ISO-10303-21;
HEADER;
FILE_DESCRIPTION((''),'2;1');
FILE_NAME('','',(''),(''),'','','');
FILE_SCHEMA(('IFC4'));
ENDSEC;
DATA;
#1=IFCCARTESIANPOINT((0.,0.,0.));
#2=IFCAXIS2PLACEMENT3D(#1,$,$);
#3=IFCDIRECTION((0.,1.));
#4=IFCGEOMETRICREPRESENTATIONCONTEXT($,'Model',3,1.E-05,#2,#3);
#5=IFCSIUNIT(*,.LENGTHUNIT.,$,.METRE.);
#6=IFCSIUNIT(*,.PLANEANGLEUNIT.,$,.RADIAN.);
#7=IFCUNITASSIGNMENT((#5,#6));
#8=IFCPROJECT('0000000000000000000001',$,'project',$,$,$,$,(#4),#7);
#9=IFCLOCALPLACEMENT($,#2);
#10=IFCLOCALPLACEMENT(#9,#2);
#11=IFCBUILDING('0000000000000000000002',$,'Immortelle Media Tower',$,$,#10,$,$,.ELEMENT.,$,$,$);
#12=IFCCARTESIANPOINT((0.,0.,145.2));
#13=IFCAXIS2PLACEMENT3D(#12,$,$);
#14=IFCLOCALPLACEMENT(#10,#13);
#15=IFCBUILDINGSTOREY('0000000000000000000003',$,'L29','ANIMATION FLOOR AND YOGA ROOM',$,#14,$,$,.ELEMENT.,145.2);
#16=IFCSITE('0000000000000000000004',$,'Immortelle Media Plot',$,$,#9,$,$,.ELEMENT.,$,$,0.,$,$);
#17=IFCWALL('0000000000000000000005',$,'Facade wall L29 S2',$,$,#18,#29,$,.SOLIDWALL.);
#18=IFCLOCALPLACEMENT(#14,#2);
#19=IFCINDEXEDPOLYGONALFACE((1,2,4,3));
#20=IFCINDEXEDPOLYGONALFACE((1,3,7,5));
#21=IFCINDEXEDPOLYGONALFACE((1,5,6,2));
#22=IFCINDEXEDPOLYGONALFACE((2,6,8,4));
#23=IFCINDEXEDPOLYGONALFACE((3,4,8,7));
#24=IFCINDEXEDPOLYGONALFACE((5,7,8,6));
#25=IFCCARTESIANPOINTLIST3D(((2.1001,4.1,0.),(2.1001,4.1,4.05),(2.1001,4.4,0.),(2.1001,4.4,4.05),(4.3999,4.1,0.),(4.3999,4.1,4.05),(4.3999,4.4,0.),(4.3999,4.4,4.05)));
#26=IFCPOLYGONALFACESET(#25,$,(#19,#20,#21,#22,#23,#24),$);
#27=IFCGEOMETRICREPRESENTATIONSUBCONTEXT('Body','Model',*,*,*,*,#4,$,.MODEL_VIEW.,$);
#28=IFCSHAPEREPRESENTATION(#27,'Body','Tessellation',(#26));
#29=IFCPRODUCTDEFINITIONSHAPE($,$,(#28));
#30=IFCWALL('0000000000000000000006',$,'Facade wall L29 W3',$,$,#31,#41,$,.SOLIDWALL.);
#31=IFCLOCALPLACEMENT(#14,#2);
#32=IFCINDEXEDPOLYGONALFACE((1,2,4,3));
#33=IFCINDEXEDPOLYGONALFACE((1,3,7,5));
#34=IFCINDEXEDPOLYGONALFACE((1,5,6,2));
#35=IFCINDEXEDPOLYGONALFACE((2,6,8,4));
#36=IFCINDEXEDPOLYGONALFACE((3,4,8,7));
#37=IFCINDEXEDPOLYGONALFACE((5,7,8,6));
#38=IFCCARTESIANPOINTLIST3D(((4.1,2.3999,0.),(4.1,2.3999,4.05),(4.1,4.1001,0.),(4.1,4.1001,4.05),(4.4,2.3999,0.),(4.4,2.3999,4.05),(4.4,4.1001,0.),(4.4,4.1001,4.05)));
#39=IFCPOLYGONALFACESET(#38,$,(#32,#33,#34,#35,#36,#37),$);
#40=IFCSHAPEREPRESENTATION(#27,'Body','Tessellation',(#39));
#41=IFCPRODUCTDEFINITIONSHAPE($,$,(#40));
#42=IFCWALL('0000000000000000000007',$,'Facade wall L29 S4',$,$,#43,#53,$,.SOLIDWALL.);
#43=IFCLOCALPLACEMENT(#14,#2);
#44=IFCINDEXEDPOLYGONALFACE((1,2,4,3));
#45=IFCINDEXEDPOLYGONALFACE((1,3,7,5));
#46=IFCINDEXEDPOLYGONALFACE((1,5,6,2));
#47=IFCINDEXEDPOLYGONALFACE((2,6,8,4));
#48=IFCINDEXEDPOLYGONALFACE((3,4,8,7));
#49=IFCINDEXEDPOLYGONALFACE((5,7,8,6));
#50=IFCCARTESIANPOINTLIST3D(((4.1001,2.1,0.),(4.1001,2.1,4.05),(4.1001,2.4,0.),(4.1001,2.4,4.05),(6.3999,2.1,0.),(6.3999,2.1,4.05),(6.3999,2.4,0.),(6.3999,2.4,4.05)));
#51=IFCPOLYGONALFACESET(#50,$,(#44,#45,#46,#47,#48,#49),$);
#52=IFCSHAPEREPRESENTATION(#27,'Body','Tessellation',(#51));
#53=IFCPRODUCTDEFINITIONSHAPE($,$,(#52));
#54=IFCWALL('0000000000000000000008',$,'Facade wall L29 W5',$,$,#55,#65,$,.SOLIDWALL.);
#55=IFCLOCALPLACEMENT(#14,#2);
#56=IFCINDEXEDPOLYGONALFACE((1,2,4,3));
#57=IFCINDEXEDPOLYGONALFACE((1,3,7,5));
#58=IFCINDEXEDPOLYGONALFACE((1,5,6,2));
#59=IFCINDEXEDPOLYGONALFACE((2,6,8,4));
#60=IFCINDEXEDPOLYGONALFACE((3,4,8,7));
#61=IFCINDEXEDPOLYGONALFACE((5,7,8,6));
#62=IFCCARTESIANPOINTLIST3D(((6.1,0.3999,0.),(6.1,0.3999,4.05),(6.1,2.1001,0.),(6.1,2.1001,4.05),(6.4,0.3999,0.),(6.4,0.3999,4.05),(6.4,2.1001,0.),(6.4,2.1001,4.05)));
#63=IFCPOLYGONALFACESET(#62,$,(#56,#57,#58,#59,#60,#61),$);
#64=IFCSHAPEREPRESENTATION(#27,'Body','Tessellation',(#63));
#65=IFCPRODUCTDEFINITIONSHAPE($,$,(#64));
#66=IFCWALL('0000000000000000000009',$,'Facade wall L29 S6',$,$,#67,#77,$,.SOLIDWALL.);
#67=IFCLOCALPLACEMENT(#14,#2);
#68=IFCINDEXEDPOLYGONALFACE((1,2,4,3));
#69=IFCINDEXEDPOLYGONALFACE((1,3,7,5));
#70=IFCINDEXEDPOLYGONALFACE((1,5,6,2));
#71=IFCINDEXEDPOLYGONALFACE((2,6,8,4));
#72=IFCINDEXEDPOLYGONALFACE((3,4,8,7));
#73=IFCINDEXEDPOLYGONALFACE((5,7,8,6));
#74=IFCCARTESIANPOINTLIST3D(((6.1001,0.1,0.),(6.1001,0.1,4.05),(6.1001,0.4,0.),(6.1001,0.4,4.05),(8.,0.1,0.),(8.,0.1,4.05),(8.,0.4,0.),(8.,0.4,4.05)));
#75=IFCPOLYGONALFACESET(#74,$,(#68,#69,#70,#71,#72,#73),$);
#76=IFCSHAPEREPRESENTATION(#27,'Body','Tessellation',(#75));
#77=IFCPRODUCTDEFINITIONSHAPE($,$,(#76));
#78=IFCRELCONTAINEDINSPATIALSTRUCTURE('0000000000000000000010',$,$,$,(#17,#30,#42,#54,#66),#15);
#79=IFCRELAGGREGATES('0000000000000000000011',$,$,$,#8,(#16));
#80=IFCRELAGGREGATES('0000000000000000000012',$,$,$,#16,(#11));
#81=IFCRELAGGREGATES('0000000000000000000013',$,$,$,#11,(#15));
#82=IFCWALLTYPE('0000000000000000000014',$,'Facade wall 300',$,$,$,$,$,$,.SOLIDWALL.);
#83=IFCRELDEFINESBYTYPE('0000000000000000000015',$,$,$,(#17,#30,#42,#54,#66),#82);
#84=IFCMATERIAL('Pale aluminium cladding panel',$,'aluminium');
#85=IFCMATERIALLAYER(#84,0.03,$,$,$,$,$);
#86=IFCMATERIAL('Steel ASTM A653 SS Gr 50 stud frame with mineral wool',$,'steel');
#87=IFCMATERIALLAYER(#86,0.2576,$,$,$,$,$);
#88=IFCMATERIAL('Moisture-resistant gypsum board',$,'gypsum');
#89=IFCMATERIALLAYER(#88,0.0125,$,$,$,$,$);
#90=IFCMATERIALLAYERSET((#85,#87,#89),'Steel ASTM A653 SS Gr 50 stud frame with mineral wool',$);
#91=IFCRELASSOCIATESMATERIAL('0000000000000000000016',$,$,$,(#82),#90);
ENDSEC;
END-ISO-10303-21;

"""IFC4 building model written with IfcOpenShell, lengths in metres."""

from ifc_helpers import new_model, si_unit, direction, frame, frame_2d, origin, place, context, subcontext, project, spatial, rectangle, extrude, material, layer, layer_set, type_object, element, save


model = new_model("IFC4")

# Units and contexts
model_context = context("Model", 3, precision=1e-05, world=origin(), true_north=direction((0.0, 1.0)))
body_context = subcontext(model_context, "Body", "Model", "MODEL_VIEW")
ifc_project = project(units=[si_unit("LENGTHUNIT", "METRE"), si_unit("PLANEANGLEUNIT", "RADIAN")], contexts=[model_context])

# Site, building, storey
site_placement = place(None, origin())
site = spatial("IfcSite", under=ifc_project, at=site_placement, Name="Immortelle Media Plot", CompositionType="ELEMENT", RefElevation=0.0)
building_placement = place(site_placement, origin())
building = spatial("IfcBuilding", under=site, at=building_placement, Name="Immortelle Media Tower", CompositionType="ELEMENT")
storey_placement = place(building_placement, frame((0.0, 0.0, 145.2)))
storey = spatial("IfcBuildingStorey", under=building, at=storey_placement, Name="L29", Description="ANIMATION FLOOR AND YOGA ROOM", CompositionType="ELEMENT", Elevation=145.2)

# Shared definitions
ifc_material_1 = material(Name="Steel ASTM A653 SS Gr 50 stud frame with mineral wool", Category="steel")

# Walls
ifc_material_2 = material(Name="Pale aluminium cladding panel", Category="aluminium")
ifc_layer_1 = layer(ifc_material_2, 0.03)
ifc_layer_2 = layer(ifc_material_1, 0.2576)
ifc_material_3 = material(Name="Moisture-resistant gypsum board", Category="gypsum")
ifc_layer_3 = layer(ifc_material_3, 0.0125)
ifc_layer_set_1 = layer_set([ifc_layer_1, ifc_layer_2, ifc_layer_3], Name="Steel ASTM A653 SS Gr 50 stud frame with mineral wool")
wall_type_1 = type_object("IfcWallType", Name="Facade wall 300", PredefinedType="SOLIDWALL", material=ifc_layer_set_1)
wall_1_placement = place(storey_placement, frame((2.1001, 4.25, 0.0), z_axis=(0.0, 0.0, 1.0), x_axis=(1.0, 0.0, 0.0)))
element("IfcWall", 1, at=wall_1_placement, inside=storey, type_object=wall_type_1, Name="Facade wall L29 S2", PredefinedType="SOLIDWALL", context=body_context, shape_type="SweptSolid", body=[
    extrude(rectangle(XDim=2.2998, YDim=0.3, at=frame_2d((1.1499, 0.0))), origin(), (0.0, 0.0, 1.0), 4.05),
])
wall_2_placement = place(storey_placement, frame((4.25, 4.1001, 0.0), z_axis=(0.0, 0.0, 1.0), x_axis=(0.0, -1.0, 0.0)))
element("IfcWall", 2, at=wall_2_placement, inside=storey, type_object=wall_type_1, Name="Facade wall L29 W3", PredefinedType="SOLIDWALL", context=body_context, shape_type="SweptSolid", body=[
    extrude(rectangle(XDim=1.7002, YDim=0.3, at=frame_2d((0.8501, 0.0))), origin(), (0.0, 0.0, 1.0), 4.05),
])
wall_3_placement = place(storey_placement, frame((4.1001, 2.25, 0.0), z_axis=(0.0, 0.0, 1.0), x_axis=(1.0, 0.0, 0.0)))
element("IfcWall", 3, at=wall_3_placement, inside=storey, type_object=wall_type_1, Name="Facade wall L29 S4", PredefinedType="SOLIDWALL", context=body_context, shape_type="SweptSolid", body=[
    extrude(rectangle(XDim=2.2998, YDim=0.3, at=frame_2d((1.1499, 0.0))), origin(), (0.0, 0.0, 1.0), 4.05),
])
wall_4_placement = place(storey_placement, frame((6.25, 2.1001, 0.0), z_axis=(0.0, 0.0, 1.0), x_axis=(0.0, -1.0, 0.0)))
element("IfcWall", 4, at=wall_4_placement, inside=storey, type_object=wall_type_1, Name="Facade wall L29 W5", PredefinedType="SOLIDWALL", context=body_context, shape_type="SweptSolid", body=[
    extrude(rectangle(XDim=1.7002, YDim=0.3, at=frame_2d((0.8501, 0.0))), origin(), (0.0, 0.0, 1.0), 4.05),
])
wall_5_placement = place(storey_placement, frame((6.1001, 0.25, 0.0), z_axis=(0.0, 0.0, 1.0), x_axis=(1.0, 0.0, 0.0)))
element("IfcWall", 5, at=wall_5_placement, inside=storey, type_object=wall_type_1, Name="Facade wall L29 S6", PredefinedType="SOLIDWALL", context=body_context, shape_type="SweptSolid", body=[
    extrude(rectangle(XDim=1.8999, YDim=0.3, at=frame_2d((0.95, 0.0))), origin(), (0.0, 0.0, 1.0), 4.05),
])

save(model, "model.ifc")
